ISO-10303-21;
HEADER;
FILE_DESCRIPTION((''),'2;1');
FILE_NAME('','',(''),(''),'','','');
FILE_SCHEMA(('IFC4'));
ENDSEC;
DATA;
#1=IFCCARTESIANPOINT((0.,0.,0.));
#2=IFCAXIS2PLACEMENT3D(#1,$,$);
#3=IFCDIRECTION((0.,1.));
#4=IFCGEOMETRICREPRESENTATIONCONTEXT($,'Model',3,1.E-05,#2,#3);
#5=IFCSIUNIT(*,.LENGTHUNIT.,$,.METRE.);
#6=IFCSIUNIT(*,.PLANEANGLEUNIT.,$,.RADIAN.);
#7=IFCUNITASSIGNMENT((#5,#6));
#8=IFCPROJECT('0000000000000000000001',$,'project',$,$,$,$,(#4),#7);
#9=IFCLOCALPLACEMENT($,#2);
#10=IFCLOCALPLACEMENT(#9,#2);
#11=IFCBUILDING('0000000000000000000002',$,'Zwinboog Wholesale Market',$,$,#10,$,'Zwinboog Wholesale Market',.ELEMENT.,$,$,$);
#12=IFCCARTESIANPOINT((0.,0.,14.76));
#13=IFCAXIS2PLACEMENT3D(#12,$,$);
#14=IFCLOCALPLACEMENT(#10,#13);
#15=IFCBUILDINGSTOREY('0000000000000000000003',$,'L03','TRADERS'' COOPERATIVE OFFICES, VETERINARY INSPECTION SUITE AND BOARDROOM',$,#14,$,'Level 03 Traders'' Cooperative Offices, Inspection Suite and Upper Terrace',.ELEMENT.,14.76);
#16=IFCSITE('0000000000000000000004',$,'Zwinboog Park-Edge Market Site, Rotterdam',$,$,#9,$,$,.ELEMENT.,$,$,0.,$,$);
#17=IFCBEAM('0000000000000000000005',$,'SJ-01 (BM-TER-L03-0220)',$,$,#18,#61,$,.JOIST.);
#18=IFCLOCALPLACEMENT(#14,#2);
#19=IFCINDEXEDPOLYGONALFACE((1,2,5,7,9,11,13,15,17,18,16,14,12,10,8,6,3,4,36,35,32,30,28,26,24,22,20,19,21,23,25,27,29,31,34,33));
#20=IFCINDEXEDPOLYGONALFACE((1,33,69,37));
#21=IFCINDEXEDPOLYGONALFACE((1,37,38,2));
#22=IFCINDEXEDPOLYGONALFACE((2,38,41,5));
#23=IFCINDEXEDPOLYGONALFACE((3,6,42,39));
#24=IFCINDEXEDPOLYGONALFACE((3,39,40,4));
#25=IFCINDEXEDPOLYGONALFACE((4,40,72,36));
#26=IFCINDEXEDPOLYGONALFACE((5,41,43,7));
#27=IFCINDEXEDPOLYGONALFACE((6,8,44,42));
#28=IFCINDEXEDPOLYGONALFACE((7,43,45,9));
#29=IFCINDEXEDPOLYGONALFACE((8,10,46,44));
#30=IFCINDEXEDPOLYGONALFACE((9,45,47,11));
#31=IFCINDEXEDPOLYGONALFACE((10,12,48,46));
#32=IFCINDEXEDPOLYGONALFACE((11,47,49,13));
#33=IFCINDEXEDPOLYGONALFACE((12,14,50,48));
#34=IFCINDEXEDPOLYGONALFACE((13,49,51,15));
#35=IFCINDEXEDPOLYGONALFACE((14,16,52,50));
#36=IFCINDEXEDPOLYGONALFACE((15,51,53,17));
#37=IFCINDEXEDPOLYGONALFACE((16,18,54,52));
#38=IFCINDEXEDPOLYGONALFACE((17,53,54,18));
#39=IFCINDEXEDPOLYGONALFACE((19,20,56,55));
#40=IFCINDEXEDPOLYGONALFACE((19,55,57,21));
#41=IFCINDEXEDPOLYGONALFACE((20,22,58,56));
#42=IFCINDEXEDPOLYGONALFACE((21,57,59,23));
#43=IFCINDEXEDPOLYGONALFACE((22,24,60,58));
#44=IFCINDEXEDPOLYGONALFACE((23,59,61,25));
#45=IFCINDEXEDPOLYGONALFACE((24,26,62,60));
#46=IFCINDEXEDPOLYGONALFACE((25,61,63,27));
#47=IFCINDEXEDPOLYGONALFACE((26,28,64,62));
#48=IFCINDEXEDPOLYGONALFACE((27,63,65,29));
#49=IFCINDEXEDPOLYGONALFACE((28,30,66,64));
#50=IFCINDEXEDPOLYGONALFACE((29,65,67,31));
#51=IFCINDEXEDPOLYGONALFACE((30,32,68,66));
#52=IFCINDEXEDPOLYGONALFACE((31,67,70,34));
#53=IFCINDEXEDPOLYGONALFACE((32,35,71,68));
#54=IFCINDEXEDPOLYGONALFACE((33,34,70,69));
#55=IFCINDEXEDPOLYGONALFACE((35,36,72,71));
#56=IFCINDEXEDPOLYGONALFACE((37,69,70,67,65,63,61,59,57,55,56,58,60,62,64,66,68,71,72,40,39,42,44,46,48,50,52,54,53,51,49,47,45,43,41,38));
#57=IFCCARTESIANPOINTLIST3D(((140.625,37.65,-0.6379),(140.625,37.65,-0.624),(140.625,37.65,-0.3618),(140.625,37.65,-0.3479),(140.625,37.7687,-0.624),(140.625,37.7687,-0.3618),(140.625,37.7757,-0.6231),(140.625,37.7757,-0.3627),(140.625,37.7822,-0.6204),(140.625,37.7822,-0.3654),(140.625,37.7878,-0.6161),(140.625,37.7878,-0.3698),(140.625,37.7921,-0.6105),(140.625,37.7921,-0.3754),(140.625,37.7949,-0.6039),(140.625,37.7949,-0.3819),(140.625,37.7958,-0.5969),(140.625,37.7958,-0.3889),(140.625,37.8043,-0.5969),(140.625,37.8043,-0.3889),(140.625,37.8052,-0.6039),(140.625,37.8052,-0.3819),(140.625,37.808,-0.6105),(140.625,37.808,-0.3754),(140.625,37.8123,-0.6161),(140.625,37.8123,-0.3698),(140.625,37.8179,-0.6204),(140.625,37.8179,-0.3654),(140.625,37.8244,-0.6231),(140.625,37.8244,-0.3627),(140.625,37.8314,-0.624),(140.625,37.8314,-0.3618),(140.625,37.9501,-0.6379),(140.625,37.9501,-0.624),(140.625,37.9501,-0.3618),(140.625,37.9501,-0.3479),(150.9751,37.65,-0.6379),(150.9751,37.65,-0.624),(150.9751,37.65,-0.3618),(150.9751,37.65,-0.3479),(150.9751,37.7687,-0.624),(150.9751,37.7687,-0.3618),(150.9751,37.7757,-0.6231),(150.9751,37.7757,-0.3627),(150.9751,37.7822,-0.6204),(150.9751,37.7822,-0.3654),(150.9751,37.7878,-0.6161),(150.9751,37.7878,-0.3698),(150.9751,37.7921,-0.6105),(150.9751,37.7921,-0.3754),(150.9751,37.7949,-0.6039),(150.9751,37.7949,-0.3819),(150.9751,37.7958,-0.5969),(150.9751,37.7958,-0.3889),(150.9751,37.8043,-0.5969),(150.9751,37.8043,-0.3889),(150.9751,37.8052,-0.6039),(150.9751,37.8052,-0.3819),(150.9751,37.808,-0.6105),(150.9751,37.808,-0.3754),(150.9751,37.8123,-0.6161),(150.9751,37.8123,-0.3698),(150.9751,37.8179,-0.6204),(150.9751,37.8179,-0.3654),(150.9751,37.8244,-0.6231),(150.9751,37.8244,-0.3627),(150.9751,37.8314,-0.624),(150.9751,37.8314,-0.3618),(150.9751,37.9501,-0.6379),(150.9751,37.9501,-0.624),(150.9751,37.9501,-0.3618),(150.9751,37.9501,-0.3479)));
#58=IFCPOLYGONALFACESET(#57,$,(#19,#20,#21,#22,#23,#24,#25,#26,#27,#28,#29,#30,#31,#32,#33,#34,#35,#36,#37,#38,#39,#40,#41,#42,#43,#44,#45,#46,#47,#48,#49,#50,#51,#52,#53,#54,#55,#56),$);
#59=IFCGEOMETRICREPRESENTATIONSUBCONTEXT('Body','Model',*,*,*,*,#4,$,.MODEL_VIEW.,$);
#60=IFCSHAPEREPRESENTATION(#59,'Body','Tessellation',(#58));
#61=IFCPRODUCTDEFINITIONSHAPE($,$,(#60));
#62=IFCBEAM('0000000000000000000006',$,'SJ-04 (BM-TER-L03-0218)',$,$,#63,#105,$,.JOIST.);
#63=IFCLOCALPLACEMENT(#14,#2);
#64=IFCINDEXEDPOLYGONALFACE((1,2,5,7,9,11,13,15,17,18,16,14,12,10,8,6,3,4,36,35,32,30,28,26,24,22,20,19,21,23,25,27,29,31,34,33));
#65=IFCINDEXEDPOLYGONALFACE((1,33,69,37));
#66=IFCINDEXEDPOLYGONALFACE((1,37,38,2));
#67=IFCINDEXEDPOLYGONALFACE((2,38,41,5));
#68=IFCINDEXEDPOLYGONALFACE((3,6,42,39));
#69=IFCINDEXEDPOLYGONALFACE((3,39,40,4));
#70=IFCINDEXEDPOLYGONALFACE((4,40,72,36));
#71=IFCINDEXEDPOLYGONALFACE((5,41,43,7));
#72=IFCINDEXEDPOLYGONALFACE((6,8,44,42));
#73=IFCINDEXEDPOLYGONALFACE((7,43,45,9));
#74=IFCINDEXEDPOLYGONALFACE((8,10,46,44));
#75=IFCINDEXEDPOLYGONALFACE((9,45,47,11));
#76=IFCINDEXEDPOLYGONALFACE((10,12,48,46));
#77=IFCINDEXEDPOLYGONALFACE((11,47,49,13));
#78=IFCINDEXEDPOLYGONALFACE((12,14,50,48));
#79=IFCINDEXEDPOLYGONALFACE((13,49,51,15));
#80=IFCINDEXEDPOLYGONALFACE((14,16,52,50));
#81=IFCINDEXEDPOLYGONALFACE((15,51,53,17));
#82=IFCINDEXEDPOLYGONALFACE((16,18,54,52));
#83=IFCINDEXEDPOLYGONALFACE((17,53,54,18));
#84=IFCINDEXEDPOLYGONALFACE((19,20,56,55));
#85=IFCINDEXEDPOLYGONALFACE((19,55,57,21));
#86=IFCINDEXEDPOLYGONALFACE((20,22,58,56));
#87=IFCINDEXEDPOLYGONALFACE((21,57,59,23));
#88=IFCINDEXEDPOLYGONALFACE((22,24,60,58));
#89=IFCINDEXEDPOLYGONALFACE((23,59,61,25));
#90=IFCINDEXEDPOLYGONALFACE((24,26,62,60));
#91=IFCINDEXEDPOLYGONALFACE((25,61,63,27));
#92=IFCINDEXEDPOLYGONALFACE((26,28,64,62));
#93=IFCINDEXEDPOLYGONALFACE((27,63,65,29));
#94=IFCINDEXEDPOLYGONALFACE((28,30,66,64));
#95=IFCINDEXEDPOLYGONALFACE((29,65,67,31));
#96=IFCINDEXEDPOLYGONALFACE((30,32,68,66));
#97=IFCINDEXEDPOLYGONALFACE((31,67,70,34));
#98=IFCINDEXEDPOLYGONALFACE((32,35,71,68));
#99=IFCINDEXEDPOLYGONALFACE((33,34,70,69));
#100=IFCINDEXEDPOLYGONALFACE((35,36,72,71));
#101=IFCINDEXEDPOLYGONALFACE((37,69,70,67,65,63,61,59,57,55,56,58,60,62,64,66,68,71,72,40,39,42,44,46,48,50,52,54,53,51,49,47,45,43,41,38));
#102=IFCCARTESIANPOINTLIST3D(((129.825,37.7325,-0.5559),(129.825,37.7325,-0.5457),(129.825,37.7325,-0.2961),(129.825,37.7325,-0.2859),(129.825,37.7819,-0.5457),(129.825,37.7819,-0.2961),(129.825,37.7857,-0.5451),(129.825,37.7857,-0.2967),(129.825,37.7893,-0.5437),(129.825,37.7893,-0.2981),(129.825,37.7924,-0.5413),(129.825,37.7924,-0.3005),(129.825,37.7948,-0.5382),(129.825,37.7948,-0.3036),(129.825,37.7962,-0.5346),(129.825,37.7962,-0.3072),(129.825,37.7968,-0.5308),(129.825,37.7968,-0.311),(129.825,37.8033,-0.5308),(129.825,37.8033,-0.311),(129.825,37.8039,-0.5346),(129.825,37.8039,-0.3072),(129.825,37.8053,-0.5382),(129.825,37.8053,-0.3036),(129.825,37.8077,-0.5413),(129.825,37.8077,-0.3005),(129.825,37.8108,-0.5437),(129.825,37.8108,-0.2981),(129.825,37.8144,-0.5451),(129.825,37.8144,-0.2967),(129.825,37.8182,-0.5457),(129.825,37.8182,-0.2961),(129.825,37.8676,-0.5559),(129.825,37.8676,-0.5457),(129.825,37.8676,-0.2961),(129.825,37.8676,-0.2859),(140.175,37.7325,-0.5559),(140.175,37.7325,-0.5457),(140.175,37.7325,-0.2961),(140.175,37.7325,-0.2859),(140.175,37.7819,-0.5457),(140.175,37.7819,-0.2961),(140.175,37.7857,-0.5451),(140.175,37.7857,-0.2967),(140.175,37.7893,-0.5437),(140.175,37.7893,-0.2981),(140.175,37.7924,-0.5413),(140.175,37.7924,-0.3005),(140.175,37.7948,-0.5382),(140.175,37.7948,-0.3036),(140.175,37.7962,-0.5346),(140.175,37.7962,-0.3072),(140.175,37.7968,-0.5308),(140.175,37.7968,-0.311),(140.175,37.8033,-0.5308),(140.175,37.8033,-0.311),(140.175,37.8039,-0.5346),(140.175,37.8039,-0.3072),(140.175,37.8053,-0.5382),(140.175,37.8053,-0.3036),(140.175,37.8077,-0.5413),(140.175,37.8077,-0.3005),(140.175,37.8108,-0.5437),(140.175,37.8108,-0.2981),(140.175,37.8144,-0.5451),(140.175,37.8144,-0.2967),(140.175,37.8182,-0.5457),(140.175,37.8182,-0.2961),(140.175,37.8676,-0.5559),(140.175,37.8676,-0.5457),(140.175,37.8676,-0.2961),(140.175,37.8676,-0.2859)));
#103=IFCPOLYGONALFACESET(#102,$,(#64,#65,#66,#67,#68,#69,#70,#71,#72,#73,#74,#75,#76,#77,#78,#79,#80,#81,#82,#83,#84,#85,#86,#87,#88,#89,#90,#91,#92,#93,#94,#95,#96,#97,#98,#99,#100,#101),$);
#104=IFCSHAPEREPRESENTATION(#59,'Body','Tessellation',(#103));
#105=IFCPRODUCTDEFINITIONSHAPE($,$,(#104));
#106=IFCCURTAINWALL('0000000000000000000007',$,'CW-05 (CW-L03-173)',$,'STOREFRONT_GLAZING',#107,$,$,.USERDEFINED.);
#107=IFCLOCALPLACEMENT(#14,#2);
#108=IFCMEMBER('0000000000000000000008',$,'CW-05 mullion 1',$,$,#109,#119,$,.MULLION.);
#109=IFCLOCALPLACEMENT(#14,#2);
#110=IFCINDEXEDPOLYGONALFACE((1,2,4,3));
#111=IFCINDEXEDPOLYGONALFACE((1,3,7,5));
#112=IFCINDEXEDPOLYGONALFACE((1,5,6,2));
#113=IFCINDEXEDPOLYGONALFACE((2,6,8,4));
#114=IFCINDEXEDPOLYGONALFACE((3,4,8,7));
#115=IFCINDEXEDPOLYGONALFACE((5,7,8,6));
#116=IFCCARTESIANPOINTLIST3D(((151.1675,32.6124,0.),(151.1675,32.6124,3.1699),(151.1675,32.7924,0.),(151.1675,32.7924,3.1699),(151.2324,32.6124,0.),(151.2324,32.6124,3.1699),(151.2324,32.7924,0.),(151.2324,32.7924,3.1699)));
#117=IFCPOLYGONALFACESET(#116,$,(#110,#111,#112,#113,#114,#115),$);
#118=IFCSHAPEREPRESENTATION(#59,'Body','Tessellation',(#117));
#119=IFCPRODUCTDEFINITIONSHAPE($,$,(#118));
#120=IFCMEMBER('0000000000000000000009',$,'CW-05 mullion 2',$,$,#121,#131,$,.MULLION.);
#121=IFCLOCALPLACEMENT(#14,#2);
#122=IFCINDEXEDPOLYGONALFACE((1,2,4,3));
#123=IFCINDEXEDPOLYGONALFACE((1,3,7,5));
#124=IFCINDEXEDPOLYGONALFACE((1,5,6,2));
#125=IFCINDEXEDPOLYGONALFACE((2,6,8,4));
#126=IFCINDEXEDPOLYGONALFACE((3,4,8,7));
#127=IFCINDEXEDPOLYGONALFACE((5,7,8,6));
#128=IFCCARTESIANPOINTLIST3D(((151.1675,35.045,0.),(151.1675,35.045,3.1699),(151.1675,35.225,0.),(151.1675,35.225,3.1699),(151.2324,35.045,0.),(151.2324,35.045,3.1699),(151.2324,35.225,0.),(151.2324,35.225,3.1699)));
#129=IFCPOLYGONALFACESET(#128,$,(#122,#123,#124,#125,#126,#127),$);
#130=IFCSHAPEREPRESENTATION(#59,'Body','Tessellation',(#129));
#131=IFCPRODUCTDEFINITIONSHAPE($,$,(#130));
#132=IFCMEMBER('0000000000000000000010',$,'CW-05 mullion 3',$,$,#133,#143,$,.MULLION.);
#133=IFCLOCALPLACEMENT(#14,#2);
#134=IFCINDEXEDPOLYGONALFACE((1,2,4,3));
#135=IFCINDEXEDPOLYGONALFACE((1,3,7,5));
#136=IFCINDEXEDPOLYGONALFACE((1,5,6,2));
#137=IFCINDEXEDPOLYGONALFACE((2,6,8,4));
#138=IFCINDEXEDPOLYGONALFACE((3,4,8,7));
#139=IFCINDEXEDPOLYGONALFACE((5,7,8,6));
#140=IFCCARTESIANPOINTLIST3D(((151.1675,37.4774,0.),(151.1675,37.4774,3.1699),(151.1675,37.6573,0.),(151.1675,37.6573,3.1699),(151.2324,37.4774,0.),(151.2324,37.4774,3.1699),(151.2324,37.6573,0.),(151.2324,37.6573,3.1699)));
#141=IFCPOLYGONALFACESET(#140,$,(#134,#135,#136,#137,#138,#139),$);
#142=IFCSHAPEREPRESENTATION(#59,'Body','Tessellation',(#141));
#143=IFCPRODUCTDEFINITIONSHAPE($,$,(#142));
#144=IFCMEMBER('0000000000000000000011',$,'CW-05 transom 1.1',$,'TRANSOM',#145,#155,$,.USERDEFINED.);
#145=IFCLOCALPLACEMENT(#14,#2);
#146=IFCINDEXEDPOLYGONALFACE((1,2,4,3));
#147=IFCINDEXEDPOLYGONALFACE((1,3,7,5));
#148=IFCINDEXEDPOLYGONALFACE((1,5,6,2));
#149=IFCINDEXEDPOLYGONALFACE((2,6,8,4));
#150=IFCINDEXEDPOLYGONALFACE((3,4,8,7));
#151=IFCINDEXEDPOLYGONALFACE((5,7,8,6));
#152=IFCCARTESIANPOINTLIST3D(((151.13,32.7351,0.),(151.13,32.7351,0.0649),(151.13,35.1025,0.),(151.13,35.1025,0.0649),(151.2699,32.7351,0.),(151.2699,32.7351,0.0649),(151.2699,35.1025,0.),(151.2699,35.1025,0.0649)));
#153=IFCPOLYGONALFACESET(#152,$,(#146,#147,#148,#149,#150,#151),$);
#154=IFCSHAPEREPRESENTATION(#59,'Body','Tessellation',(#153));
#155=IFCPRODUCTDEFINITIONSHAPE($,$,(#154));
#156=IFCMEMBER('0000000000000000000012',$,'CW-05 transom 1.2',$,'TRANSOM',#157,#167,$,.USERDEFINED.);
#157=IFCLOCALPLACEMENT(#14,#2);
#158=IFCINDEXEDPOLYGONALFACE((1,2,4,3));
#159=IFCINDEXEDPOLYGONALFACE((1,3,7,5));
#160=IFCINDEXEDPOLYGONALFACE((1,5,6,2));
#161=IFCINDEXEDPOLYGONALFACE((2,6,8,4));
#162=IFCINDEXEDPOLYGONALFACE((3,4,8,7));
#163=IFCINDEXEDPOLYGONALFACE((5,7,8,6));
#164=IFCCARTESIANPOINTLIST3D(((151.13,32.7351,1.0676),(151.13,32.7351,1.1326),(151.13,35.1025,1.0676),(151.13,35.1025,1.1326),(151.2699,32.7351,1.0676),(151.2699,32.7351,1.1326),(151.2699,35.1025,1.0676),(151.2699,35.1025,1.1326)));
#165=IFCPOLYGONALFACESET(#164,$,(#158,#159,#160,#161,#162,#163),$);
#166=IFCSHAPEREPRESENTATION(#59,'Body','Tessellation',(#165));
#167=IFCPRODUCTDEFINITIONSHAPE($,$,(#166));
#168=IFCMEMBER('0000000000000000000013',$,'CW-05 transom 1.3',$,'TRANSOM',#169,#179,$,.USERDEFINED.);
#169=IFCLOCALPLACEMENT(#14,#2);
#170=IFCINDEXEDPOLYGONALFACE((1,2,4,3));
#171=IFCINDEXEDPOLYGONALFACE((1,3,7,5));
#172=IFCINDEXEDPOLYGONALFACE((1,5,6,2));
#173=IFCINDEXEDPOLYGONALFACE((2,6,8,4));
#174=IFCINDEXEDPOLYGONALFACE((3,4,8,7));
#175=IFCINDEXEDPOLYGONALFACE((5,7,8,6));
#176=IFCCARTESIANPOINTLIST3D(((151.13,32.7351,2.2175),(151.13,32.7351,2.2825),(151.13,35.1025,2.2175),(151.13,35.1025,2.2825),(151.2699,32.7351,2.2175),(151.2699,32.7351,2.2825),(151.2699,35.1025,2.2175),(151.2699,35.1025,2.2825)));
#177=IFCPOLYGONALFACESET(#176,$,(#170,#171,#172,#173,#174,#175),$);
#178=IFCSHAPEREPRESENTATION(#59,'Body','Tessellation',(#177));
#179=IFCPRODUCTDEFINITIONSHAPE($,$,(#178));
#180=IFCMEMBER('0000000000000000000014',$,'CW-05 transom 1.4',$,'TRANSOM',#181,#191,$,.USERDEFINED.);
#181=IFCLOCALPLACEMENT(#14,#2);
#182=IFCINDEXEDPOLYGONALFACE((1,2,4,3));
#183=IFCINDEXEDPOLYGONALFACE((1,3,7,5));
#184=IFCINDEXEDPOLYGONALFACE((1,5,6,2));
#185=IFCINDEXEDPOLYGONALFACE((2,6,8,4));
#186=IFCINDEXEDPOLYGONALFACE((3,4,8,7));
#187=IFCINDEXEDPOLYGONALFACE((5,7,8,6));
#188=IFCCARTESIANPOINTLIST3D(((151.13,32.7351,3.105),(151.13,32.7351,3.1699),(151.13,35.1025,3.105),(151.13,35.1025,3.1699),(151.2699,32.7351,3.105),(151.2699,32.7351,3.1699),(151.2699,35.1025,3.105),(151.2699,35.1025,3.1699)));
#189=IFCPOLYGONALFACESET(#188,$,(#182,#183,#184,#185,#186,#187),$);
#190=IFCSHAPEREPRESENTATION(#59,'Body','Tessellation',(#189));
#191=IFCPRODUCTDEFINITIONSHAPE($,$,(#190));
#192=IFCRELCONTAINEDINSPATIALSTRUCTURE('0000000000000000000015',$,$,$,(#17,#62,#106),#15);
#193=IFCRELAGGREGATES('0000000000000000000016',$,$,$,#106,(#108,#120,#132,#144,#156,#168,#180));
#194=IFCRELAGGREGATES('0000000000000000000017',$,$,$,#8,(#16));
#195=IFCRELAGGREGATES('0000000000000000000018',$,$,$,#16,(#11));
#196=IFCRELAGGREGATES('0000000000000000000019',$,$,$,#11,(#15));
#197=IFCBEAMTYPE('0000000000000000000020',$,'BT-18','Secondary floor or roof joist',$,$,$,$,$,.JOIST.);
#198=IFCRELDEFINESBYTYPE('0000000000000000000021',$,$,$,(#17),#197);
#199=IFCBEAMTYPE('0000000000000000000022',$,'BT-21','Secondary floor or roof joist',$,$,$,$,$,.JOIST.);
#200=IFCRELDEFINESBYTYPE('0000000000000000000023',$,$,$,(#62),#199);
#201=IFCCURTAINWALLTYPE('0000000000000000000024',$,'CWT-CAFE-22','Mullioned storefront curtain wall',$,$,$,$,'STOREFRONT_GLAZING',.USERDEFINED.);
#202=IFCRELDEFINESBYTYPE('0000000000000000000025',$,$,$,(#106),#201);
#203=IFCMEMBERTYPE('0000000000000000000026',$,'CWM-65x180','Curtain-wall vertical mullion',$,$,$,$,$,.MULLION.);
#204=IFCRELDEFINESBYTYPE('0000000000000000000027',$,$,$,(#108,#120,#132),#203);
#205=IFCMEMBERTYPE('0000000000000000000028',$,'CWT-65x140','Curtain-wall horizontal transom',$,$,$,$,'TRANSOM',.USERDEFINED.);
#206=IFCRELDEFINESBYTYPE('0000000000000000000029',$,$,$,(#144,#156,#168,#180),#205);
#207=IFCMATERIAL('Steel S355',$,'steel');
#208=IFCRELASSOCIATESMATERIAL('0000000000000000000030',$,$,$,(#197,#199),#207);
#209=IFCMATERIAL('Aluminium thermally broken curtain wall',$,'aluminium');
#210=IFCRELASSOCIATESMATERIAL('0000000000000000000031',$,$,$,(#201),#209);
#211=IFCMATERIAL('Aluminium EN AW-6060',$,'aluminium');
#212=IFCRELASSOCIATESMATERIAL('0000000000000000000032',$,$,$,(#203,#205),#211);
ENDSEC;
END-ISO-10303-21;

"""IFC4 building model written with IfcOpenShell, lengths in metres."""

from ifc_helpers import new_model, si_unit, direction, frame, origin, origin_2d, place, context, subcontext, project, spatial, rectangle, i_section, extrude, material, material_profile, profile_set, type_object, element, aggregate, save


model = new_model("IFC4")

# Units and contexts
model_context = context("Model", 3, precision=1e-05, world=origin(), true_north=direction((0.0, 1.0)))
body_context = subcontext(model_context, "Body", "Model", "MODEL_VIEW")
ifc_project = project(units=[si_unit("LENGTHUNIT", "METRE"), si_unit("PLANEANGLEUNIT", "RADIAN")], contexts=[model_context])

# Site, building, storey
site_placement = place(None, origin())
site = spatial("IfcSite", under=ifc_project, at=site_placement, Name="Zwinboog Park-Edge Market Site, Rotterdam", CompositionType="ELEMENT", RefElevation=0.0)
building_placement = place(site_placement, origin())
building = spatial("IfcBuilding", under=site, at=building_placement, Name="Zwinboog Wholesale Market", LongName="Zwinboog Wholesale Market", CompositionType="ELEMENT")
storey_placement = place(building_placement, frame((0.0, 0.0, 14.76)))
storey = spatial("IfcBuildingStorey", under=building, at=storey_placement, Name="L03", Description="TRADERS' COOPERATIVE OFFICES, VETERINARY INSPECTION SUITE AND BOARDROOM", LongName="Level 03 Traders' Cooperative Offices, Inspection Suite and Upper Terrace", CompositionType="ELEMENT", Elevation=14.76)

# Beams
ifc_material_1 = material(Name="Steel S355", Category="steel")
ifc_material_profile_1 = material_profile(ifc_material_1, i_section(OverallWidth=0.3, OverallDepth=0.29, WebThickness=0.0085, FlangeThickness=0.0139, FilletRadius=0.0271, at=origin_2d()), Name="HEA 300")
ifc_profile_set_1 = profile_set([ifc_material_profile_1], Name="Steel S355")
beam_type_1 = type_object("IfcBeamType", Name="BT-18", Description="Secondary floor or roof joist", PredefinedType="JOIST", material=ifc_profile_set_1)
beam_1_placement = place(storey_placement, frame((140.625, 37.8, -0.4929), z_axis=(1.0, 0.0, 0.0), x_axis=(0.0, 1.0, 0.0)))
element("IfcBeam", 1, at=beam_1_placement, inside=storey, type_object=beam_type_1, Name="SJ-01 (BM-TER-L03-0220)", PredefinedType="JOIST", context=body_context, shape_type="SweptSolid", body=[
    extrude(i_section(OverallWidth=0.3, OverallDepth=0.29, WebThickness=0.0085, FlangeThickness=0.0139, FilletRadius=0.0271, at=origin_2d()), origin(), (0.0, 0.0, 1.0), 10.3501),
])
ifc_material_profile_2 = material_profile(ifc_material_1, i_section(OverallWidth=0.135, OverallDepth=0.27, WebThickness=0.0066, FlangeThickness=0.0103, FilletRadius=0.0149, at=origin_2d()), Name="IPE 270")
ifc_profile_set_2 = profile_set([ifc_material_profile_2], Name="Steel S355")
beam_type_2 = type_object("IfcBeamType", Name="BT-21", Description="Secondary floor or roof joist", PredefinedType="JOIST", material=ifc_profile_set_2)
beam_2_placement = place(storey_placement, frame((129.825, 37.8, -0.4209), z_axis=(1.0, 0.0, 0.0), x_axis=(0.0, 1.0, 0.0)))
element("IfcBeam", 2, at=beam_2_placement, inside=storey, type_object=beam_type_2, Name="SJ-04 (BM-TER-L03-0218)", PredefinedType="JOIST", context=body_context, shape_type="SweptSolid", body=[
    extrude(i_section(OverallWidth=0.135, OverallDepth=0.27, WebThickness=0.0066, FlangeThickness=0.0103, FilletRadius=0.0149, at=origin_2d()), origin(), (0.0, 0.0, 1.0), 10.3501),
])

# Curtain wall, members
ifc_material_2 = material(Name="Aluminium thermally broken curtain wall", Category="aluminium")
curtain_wall_type = type_object("IfcCurtainWallType", Name="CWT-CAFE-22", Description="Mullioned storefront curtain wall", ElementType="STOREFRONT_GLAZING", PredefinedType="USERDEFINED", material=ifc_material_2)
curtain_wall_placement = place(storey_placement, origin())
curtain_wall = element("IfcCurtainWall", 3, at=curtain_wall_placement, inside=storey, type_object=curtain_wall_type, Name="CW-05 (CW-L03-173)", ObjectType="STOREFRONT_GLAZING", PredefinedType="USERDEFINED")
ifc_material_3 = material(Name="Aluminium EN AW-6060", Category="aluminium")
ifc_material_profile_3 = material_profile(ifc_material_3, rectangle(XDim=0.0649, YDim=0.1799, at=origin_2d()), Name="AL 65x180")
ifc_profile_set_3 = profile_set([ifc_material_profile_3], Name="Aluminium EN AW-6060")
member_type_1 = type_object("IfcMemberType", Name="CWM-65x180", Description="Curtain-wall vertical mullion", PredefinedType="MULLION", material=ifc_profile_set_3)
member_1_placement = place(storey_placement, frame((151.2, 32.7024, 0.0), z_axis=(0.0, 0.0, 1.0), x_axis=(-1.0, 0.0, 0.0)))
member_1 = element("IfcMember", 4, at=member_1_placement, type_object=member_type_1, Name="CW-05 mullion 1", PredefinedType="MULLION", context=body_context, shape_type="SweptSolid", body=[
    extrude(rectangle(XDim=0.0649, YDim=0.1799, at=origin_2d()), origin(), (0.0, 0.0, 1.0), 3.1699),
])
member_2_placement = place(storey_placement, frame((151.2, 35.135, 0.0), z_axis=(0.0, 0.0, 1.0), x_axis=(-1.0, 0.0, 0.0)))
member_2 = element("IfcMember", 5, at=member_2_placement, type_object=member_type_1, Name="CW-05 mullion 2", PredefinedType="MULLION", context=body_context, shape_type="SweptSolid", body=[
    extrude(rectangle(XDim=0.0649, YDim=0.1799, at=origin_2d()), origin(), (0.0, 0.0, 1.0), 3.1699),
])
member_3_placement = place(storey_placement, frame((151.2, 37.5674, 0.0), z_axis=(0.0, 0.0, 1.0), x_axis=(-1.0, 0.0, 0.0)))
member_3 = element("IfcMember", 6, at=member_3_placement, type_object=member_type_1, Name="CW-05 mullion 3", PredefinedType="MULLION", context=body_context, shape_type="SweptSolid", body=[
    extrude(rectangle(XDim=0.0649, YDim=0.1799, at=origin_2d()), origin(), (0.0, 0.0, 1.0), 3.1699),
])
ifc_material_profile_4 = material_profile(ifc_material_3, rectangle(XDim=0.1399, YDim=0.0649, at=origin_2d()), Name="AL 65x140")
ifc_profile_set_4 = profile_set([ifc_material_profile_4], Name="Aluminium EN AW-6060")
member_type_2 = type_object("IfcMemberType", Name="CWT-65x140", Description="Curtain-wall horizontal transom", ElementType="TRANSOM", PredefinedType="USERDEFINED", material=ifc_profile_set_4)
member_4_placement = place(storey_placement, frame((151.2, 32.7351, 0.0325), z_axis=(0.0, 1.0, 0.0), x_axis=(-1.0, 0.0, 0.0)))
member_4 = element("IfcMember", 7, at=member_4_placement, type_object=member_type_2, Name="CW-05 transom 1.1", ObjectType="TRANSOM", PredefinedType="USERDEFINED", context=body_context, shape_type="SweptSolid", body=[
    extrude(rectangle(XDim=0.1399, YDim=0.0649, at=origin_2d()), origin(), (0.0, 0.0, 1.0), 2.3674),
])
member_5_placement = place(storey_placement, frame((151.2, 32.7351, 1.1001), z_axis=(0.0, 1.0, 0.0), x_axis=(-1.0, 0.0, 0.0)))
member_5 = element("IfcMember", 8, at=member_5_placement, type_object=member_type_2, Name="CW-05 transom 1.2", ObjectType="TRANSOM", PredefinedType="USERDEFINED", context=body_context, shape_type="SweptSolid", body=[
    extrude(rectangle(XDim=0.1399, YDim=0.0649, at=origin_2d()), origin(), (0.0, 0.0, 1.0), 2.3674),
])
member_6_placement = place(storey_placement, frame((151.2, 32.7351, 2.25), z_axis=(0.0, 1.0, 0.0), x_axis=(-1.0, 0.0, 0.0)))
member_6 = element("IfcMember", 9, at=member_6_placement, type_object=member_type_2, Name="CW-05 transom 1.3", ObjectType="TRANSOM", PredefinedType="USERDEFINED", context=body_context, shape_type="SweptSolid", body=[
    extrude(rectangle(XDim=0.1399, YDim=0.0649, at=origin_2d()), origin(), (0.0, 0.0, 1.0), 2.3674),
])
member_7_placement = place(storey_placement, frame((151.2, 32.7351, 3.1375), z_axis=(0.0, 1.0, 0.0), x_axis=(-1.0, 0.0, 0.0)))
member_7 = element("IfcMember", 10, at=member_7_placement, type_object=member_type_2, Name="CW-05 transom 1.4", ObjectType="TRANSOM", PredefinedType="USERDEFINED", context=body_context, shape_type="SweptSolid", body=[
    extrude(rectangle(XDim=0.1399, YDim=0.0649, at=origin_2d()), origin(), (0.0, 0.0, 1.0), 2.3674),
])
aggregate(curtain_wall, [member_1, member_2, member_3, member_4, member_5, member_6, member_7])

save(model, "model.ifc")
